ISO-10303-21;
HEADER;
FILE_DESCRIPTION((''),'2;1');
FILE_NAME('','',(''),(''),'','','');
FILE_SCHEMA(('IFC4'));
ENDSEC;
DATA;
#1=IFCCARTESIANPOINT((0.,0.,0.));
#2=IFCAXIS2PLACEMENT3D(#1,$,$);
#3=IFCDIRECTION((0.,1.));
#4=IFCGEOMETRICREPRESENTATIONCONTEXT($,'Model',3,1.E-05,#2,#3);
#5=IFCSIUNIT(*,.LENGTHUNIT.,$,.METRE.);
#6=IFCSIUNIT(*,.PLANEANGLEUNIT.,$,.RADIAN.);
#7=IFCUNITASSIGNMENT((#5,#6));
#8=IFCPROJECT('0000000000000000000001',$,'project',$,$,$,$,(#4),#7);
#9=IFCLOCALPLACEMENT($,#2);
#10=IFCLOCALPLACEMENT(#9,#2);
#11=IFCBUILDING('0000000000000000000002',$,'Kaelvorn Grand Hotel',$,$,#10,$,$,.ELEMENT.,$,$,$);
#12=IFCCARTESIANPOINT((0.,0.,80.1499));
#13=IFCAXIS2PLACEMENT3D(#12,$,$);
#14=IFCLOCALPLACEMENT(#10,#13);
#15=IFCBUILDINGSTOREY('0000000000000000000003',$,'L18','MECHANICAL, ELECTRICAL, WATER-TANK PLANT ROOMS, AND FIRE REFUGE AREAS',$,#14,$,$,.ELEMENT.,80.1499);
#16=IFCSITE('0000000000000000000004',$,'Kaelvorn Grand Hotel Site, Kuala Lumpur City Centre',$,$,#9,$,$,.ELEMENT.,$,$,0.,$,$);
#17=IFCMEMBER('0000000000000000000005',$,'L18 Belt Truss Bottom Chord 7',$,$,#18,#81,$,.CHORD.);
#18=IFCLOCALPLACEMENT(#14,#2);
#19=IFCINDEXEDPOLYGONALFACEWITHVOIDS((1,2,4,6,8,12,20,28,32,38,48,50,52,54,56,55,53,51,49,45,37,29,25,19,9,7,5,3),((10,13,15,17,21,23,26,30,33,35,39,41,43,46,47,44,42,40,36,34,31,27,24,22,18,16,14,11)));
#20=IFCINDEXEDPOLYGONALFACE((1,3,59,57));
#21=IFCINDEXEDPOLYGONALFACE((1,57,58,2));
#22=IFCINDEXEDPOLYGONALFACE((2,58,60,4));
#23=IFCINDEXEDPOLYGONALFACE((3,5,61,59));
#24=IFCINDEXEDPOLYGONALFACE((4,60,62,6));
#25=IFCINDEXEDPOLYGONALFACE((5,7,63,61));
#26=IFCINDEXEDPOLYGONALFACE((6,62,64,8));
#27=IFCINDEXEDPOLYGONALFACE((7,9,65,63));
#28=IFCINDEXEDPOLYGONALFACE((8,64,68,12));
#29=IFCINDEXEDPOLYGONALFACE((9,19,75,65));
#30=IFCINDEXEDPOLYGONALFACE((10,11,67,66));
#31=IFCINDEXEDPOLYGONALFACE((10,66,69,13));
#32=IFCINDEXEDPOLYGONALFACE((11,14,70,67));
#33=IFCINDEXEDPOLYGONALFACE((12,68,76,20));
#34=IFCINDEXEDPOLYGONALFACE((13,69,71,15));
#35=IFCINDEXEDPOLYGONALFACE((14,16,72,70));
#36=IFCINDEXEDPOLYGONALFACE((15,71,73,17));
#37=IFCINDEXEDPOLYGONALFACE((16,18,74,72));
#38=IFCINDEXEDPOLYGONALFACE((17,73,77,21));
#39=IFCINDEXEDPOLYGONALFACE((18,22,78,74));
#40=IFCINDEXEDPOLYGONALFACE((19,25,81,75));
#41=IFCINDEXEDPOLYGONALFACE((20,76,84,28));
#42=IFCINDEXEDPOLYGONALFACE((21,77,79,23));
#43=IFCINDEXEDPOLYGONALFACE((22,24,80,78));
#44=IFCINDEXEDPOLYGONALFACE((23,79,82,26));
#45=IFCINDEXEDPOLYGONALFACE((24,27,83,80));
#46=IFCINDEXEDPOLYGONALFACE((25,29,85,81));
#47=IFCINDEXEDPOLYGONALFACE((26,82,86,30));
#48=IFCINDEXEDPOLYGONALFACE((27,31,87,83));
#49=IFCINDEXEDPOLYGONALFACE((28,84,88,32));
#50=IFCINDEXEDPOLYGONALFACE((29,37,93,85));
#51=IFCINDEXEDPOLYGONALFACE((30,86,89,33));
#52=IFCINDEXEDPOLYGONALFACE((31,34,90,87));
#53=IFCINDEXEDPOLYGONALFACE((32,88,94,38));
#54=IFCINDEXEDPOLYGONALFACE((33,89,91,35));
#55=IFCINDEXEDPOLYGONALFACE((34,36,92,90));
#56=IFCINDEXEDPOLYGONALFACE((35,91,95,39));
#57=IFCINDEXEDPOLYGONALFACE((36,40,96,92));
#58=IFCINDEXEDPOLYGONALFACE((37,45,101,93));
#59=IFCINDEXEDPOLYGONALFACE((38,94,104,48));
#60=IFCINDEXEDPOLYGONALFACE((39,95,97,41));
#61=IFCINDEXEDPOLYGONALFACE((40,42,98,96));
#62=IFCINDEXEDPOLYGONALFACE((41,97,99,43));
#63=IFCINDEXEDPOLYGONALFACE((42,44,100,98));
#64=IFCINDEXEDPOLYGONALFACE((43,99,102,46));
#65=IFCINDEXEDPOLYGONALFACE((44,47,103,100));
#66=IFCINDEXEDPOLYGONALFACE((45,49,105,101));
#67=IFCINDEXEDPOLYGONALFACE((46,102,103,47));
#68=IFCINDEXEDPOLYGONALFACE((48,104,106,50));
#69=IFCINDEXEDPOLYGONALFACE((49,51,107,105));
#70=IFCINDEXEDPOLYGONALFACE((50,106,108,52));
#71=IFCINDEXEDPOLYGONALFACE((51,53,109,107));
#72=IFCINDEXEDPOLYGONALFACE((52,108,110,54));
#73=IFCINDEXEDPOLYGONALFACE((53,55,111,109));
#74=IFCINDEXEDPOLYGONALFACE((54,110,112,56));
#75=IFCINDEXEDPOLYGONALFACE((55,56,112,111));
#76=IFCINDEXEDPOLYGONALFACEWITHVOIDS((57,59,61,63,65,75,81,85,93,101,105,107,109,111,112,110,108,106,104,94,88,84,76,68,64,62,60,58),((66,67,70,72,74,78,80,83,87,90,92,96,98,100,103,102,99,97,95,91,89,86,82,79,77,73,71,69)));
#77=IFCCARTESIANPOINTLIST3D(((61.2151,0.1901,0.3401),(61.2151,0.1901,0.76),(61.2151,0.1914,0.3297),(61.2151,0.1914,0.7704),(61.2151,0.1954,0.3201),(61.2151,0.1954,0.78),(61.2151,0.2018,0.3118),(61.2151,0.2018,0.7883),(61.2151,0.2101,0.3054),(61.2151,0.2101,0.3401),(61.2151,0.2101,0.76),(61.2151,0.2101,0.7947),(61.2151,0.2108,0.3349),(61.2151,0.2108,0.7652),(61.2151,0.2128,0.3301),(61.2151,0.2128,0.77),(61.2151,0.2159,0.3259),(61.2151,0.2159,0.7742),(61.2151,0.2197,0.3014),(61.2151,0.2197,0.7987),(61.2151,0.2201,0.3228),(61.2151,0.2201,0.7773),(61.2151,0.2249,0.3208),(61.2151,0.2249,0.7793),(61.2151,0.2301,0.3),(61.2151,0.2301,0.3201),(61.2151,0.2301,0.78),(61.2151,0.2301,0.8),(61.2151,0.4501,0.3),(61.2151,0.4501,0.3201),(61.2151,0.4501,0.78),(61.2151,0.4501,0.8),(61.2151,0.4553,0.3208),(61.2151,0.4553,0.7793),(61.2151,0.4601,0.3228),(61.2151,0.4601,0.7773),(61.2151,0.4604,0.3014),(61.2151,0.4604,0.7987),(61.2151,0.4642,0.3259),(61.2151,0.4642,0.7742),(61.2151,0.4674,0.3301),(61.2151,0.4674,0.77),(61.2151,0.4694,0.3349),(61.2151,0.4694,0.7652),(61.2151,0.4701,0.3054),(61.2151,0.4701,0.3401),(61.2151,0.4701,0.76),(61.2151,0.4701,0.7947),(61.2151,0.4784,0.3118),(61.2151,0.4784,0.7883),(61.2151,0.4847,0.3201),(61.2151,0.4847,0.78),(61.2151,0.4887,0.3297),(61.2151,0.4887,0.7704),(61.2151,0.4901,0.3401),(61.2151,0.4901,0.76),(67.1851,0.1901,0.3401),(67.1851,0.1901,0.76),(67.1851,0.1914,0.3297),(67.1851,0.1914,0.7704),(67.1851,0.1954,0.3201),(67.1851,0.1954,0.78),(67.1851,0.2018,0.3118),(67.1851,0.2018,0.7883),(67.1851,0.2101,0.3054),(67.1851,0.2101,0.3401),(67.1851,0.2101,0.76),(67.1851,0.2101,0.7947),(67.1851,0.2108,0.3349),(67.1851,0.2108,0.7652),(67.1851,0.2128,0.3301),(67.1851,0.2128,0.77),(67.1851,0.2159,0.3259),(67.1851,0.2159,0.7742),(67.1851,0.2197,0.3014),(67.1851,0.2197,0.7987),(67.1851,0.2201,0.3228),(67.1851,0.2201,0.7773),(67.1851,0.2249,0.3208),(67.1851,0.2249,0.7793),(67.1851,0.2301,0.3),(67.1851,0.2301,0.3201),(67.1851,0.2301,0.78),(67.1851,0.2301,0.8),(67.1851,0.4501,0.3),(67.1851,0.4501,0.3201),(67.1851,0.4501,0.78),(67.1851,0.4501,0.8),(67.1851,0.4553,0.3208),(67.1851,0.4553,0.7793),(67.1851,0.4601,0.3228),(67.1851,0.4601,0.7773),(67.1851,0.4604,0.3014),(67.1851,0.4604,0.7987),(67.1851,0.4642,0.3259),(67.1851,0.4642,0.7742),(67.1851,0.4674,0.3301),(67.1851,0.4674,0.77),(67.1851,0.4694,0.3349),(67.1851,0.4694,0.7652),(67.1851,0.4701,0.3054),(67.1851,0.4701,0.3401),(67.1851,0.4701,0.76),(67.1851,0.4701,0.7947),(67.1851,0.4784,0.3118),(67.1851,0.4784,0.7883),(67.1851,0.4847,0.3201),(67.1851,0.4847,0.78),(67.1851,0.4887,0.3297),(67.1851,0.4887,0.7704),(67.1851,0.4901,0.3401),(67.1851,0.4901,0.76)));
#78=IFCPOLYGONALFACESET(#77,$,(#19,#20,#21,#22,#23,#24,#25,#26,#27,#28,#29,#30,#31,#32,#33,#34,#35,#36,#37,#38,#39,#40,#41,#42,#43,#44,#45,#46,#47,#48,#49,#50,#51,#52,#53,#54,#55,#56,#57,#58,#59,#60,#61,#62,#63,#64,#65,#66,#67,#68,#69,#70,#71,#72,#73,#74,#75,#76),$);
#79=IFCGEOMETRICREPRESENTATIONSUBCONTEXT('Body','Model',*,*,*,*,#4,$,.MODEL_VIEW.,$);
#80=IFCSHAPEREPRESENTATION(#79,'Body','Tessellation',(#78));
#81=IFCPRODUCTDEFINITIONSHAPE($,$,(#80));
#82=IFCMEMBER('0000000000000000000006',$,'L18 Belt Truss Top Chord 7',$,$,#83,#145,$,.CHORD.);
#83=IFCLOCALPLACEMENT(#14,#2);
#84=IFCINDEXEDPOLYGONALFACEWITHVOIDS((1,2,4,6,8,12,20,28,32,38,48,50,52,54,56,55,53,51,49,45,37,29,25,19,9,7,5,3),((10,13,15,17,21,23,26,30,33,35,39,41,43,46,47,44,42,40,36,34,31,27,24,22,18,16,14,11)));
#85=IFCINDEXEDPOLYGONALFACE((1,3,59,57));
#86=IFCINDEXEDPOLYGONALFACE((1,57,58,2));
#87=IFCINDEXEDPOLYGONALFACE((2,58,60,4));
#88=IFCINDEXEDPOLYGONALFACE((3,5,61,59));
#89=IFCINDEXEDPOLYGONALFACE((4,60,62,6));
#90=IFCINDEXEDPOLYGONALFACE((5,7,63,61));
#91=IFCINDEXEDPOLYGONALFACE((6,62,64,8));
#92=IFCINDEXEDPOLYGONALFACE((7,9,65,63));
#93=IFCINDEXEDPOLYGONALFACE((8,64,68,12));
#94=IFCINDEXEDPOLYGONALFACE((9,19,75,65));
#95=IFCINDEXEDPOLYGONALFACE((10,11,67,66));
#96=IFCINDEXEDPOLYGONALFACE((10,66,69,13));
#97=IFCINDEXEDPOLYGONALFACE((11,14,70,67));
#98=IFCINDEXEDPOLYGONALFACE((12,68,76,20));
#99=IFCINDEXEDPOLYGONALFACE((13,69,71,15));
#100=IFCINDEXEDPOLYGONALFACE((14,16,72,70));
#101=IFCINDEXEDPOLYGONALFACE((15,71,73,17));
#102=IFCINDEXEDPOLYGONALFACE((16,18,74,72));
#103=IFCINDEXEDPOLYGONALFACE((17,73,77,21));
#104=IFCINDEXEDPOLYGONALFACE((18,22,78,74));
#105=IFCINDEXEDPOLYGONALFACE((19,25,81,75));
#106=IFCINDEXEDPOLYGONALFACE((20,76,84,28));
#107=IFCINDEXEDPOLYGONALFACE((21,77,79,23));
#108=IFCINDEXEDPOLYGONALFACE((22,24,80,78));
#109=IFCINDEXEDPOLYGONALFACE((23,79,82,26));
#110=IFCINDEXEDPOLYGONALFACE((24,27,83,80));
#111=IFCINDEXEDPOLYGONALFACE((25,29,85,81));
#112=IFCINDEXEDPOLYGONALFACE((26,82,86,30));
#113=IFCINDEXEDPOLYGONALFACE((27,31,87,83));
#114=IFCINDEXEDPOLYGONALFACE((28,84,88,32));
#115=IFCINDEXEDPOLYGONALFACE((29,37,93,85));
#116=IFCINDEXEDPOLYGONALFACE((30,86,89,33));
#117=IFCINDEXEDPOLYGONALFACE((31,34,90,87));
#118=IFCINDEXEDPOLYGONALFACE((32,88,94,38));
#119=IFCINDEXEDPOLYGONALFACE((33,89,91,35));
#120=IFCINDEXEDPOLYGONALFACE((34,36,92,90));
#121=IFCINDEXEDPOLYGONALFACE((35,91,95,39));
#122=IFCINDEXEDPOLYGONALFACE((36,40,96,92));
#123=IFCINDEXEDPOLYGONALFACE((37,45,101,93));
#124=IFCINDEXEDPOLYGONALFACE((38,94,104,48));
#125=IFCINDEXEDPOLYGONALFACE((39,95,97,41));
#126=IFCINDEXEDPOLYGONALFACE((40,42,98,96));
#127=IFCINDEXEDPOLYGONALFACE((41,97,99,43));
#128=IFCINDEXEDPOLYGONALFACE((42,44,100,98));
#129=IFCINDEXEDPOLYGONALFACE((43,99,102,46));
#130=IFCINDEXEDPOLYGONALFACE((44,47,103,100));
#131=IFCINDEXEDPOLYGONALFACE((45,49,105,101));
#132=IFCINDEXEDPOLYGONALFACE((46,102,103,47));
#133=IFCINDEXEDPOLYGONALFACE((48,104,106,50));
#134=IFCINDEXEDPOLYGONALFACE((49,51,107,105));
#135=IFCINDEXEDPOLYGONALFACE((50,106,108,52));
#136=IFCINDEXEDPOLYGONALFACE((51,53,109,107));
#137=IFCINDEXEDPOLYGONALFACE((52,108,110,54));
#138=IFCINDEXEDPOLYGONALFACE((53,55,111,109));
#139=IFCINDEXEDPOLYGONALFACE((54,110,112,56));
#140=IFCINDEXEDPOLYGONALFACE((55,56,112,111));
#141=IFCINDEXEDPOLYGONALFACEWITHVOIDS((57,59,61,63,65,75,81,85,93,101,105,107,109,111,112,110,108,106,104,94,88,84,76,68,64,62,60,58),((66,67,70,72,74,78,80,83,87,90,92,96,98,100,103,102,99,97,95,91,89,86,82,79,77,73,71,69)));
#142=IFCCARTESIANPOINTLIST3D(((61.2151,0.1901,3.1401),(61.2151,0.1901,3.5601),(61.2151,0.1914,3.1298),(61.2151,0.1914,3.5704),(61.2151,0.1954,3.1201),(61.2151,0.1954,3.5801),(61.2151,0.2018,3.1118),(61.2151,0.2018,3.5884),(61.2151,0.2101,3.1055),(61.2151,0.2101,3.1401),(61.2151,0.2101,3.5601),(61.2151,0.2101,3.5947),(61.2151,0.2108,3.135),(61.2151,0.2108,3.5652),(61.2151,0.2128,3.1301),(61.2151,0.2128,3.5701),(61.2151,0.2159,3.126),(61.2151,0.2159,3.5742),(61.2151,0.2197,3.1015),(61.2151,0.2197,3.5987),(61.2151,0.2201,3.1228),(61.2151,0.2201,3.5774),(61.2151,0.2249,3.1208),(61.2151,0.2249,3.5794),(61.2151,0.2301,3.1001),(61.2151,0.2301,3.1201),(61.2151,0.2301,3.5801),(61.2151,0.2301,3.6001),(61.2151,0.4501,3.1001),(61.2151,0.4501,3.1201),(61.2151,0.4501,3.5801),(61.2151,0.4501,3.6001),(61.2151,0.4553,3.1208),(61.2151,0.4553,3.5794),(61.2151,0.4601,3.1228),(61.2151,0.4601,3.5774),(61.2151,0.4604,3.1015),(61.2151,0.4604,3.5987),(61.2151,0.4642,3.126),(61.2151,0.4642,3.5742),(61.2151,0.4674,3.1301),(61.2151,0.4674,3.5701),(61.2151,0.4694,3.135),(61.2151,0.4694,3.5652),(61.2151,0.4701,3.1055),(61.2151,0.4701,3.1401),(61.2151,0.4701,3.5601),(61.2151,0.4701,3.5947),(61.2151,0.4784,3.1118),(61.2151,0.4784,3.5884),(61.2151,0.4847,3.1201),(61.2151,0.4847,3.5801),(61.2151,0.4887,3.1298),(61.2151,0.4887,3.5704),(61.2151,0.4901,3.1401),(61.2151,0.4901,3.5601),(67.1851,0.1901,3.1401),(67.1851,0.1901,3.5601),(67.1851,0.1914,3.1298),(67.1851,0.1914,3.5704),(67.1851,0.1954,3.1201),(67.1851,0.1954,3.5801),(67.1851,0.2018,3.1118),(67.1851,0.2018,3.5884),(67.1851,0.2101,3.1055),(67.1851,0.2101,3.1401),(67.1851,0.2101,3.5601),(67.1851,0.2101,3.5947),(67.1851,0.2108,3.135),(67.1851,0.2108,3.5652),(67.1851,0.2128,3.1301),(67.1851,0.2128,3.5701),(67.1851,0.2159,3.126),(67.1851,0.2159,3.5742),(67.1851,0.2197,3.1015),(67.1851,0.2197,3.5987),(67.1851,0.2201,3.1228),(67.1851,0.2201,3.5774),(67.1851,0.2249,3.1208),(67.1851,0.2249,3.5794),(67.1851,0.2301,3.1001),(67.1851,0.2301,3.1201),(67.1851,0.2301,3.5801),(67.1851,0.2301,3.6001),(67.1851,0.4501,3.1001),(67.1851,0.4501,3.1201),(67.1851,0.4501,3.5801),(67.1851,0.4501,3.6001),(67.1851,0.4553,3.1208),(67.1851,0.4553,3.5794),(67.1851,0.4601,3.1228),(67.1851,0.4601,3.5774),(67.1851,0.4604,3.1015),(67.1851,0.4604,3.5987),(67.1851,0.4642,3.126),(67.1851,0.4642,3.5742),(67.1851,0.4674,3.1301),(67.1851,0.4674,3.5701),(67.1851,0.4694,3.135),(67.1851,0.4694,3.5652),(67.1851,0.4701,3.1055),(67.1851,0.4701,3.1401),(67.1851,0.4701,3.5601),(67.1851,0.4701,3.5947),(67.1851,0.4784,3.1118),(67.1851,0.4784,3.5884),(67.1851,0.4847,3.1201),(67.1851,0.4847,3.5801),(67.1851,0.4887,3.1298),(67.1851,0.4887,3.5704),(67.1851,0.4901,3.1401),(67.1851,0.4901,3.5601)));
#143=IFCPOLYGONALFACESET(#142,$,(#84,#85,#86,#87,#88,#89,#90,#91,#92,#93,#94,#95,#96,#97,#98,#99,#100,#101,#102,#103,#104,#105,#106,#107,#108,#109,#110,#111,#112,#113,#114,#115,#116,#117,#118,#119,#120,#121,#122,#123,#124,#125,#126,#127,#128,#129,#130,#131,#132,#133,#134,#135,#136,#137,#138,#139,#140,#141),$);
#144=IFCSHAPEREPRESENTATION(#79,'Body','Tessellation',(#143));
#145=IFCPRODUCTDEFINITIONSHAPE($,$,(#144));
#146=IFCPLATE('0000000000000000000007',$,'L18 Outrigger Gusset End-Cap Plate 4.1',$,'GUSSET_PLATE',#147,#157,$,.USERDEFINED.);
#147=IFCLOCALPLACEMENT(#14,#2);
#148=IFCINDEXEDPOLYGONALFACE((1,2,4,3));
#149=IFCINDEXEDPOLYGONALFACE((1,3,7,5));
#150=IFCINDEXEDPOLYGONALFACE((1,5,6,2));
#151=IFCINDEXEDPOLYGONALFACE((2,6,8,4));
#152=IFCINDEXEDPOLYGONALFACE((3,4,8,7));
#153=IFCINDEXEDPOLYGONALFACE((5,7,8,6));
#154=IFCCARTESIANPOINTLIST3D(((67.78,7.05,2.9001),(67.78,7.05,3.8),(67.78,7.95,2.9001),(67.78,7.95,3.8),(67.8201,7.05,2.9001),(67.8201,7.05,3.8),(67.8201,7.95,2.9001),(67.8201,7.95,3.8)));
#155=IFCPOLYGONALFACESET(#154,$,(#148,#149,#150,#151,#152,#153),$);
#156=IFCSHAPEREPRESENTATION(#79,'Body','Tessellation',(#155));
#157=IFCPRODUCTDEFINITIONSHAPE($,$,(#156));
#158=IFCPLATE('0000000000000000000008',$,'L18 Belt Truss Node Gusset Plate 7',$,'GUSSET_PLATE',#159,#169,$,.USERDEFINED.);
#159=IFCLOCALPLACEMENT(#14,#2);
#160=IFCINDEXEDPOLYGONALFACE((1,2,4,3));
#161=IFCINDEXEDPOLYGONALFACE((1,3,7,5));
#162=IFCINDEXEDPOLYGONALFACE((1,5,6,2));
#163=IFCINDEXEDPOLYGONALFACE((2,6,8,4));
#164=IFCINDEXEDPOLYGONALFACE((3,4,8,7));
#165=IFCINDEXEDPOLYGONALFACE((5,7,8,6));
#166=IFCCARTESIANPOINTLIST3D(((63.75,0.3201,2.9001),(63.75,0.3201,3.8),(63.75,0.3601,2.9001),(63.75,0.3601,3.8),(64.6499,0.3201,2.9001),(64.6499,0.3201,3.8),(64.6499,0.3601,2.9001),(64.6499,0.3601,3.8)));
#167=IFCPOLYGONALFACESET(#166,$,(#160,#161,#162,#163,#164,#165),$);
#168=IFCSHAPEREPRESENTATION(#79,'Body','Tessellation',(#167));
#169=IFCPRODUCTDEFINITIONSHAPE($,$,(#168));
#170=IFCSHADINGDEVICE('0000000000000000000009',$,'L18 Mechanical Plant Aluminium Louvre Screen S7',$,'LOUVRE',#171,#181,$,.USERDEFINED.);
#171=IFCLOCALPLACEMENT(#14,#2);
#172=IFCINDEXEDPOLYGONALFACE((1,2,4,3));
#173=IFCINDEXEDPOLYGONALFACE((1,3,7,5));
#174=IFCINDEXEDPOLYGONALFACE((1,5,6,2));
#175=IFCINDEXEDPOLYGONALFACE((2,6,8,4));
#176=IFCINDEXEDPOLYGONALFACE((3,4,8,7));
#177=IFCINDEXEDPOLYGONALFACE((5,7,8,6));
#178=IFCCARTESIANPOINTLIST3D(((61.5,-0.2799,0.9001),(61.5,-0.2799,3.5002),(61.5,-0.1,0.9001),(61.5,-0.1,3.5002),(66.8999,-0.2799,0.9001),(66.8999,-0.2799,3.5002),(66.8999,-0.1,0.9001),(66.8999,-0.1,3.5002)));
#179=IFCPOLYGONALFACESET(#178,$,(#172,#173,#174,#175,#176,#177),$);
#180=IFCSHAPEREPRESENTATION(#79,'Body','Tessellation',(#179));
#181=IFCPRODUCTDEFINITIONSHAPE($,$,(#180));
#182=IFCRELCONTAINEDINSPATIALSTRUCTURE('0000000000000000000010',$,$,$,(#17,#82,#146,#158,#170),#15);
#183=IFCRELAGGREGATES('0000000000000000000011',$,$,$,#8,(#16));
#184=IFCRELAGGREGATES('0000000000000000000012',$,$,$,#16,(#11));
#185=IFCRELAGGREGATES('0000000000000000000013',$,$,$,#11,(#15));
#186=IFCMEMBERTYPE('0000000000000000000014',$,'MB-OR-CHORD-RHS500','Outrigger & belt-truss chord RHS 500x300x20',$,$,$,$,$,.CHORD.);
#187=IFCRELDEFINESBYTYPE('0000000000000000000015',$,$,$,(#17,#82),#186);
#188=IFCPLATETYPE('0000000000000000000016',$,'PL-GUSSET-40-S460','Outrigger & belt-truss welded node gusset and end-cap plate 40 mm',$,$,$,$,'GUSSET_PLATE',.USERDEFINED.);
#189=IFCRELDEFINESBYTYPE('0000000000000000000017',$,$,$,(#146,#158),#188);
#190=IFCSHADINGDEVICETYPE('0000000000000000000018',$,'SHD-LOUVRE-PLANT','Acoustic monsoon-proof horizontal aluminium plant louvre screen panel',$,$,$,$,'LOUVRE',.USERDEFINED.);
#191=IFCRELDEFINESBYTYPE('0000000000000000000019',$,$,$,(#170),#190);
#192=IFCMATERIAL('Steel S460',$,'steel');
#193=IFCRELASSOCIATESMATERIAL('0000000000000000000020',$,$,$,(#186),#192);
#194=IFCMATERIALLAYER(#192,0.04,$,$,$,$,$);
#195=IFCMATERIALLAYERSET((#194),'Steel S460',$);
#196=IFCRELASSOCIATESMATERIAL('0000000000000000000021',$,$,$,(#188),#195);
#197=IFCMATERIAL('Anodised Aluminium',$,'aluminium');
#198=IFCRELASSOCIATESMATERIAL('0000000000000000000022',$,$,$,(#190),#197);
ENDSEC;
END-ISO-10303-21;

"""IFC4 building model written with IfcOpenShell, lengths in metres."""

from ifc_helpers import new_model, si_unit, direction, frame, origin, origin_2d, place, context, subcontext, project, spatial, rectangle, hollow_rectangle, extrude, material, layer, layer_set, material_profile, profile_set, type_object, element, save


model = new_model("IFC4")

# Units and contexts
model_context = context("Model", 3, precision=1e-05, world=origin(), true_north=direction((0.0, 1.0)))
body_context = subcontext(model_context, "Body", "Model", "MODEL_VIEW")
ifc_project = project(units=[si_unit("LENGTHUNIT", "METRE"), si_unit("PLANEANGLEUNIT", "RADIAN")], contexts=[model_context])

# Site, building, storey
site_placement = place(None, origin())
site = spatial("IfcSite", under=ifc_project, at=site_placement, Name="Kaelvorn Grand Hotel Site, Kuala Lumpur City Centre", CompositionType="ELEMENT", RefElevation=0.0)
building_placement = place(site_placement, origin())
building = spatial("IfcBuilding", under=site, at=building_placement, Name="Kaelvorn Grand Hotel", CompositionType="ELEMENT")
storey_placement = place(building_placement, frame((0.0, 0.0, 80.1499)))
storey = spatial("IfcBuildingStorey", under=building, at=storey_placement, Name="L18", Description="MECHANICAL, ELECTRICAL, WATER-TANK PLANT ROOMS, AND FIRE REFUGE AREAS", CompositionType="ELEMENT", Elevation=80.1499)

# Members
ifc_material_1 = material(Name="Steel S460", Category="steel")
ifc_material_profile_1 = material_profile(ifc_material_1, hollow_rectangle(XDim=0.3, YDim=0.5, WallThickness=0.02, InnerFilletRadius=0.02, OuterFilletRadius=0.04, at=origin_2d()), Name="RHS 500x300x20.0")
ifc_profile_set_1 = profile_set([ifc_material_profile_1], Name="Steel S460")
member_type_1 = type_object("IfcMemberType", Name="MB-OR-CHORD-RHS500", Description="Outrigger & belt-truss chord RHS 500x300x20", PredefinedType="CHORD", material=ifc_profile_set_1)
for number, where, z_axis, x_axis, name in (
    (1, (61.2151, 0.3401, 0.55), (1.0, 0.0, 0.0), (0.0, 1.0, 0.0), "L18 Belt Truss Bottom Chord 7"),
    (2, (61.2151, 0.3401, 3.3501), (1.0, 0.0, 0.0), (0.0, 1.0, 0.0), "L18 Belt Truss Top Chord 7"),
):
    element("IfcMember", number, at=place(storey_placement, frame(where, z_axis=z_axis, x_axis=x_axis)), inside=storey, type_object=member_type_1, Name=name, PredefinedType="CHORD", context=body_context, shape_type="SweptSolid", body=[
        extrude(hollow_rectangle(XDim=0.3, YDim=0.5, WallThickness=0.02, InnerFilletRadius=0.02, OuterFilletRadius=0.04, at=origin_2d()), origin(), (0.0, 0.0, 1.0), 5.97),
    ])

# Plates
ifc_layer = layer(ifc_material_1, 0.04)
ifc_layer_set = layer_set([ifc_layer], Name="Steel S460")
plate_type = type_object("IfcPlateType", Name="PL-GUSSET-40-S460", Description="Outrigger & belt-truss welded node gusset and end-cap plate 40 mm", ElementType="GUSSET_PLATE", PredefinedType="USERDEFINED", material=ifc_layer_set)
plate_1_placement = place(storey_placement, frame((67.8, 7.5, 2.9001), z_axis=(0.0, 0.0, 1.0), x_axis=(1.0, 0.0, 0.0)))
element("IfcPlate", 3, at=plate_1_placement, inside=storey, type_object=plate_type, Name="L18 Outrigger Gusset End-Cap Plate 4.1", ObjectType="GUSSET_PLATE", PredefinedType="USERDEFINED", context=body_context, shape_type="SweptSolid", body=[
    extrude(rectangle(XDim=0.04, YDim=0.8999, at=origin_2d()), origin(), (0.0, 0.0, 1.0), 0.8999),
])
plate_2_placement = place(storey_placement, frame((64.2, 0.3401, 2.9001), z_axis=(0.0, 0.0, 1.0), x_axis=(1.0, 0.0, 0.0)))
element("IfcPlate", 4, at=plate_2_placement, inside=storey, type_object=plate_type, Name="L18 Belt Truss Node Gusset Plate 7", ObjectType="GUSSET_PLATE", PredefinedType="USERDEFINED", context=body_context, shape_type="SweptSolid", body=[
    extrude(rectangle(XDim=0.8999, YDim=0.04, at=origin_2d()), origin(), (0.0, 0.0, 1.0), 0.8999),
])

# Shading device
ifc_material_2 = material(Name="Anodised Aluminium", Category="aluminium")
shading_device_type = type_object("IfcShadingDeviceType", Name="SHD-LOUVRE-PLANT", Description="Acoustic monsoon-proof horizontal aluminium plant louvre screen panel", ElementType="LOUVRE", PredefinedType="USERDEFINED", material=ifc_material_2)
shading_device_placement = place(storey_placement, frame((64.2, -0.1899, 0.9001), z_axis=(0.0, 0.0, 1.0), x_axis=(1.0, 0.0, 0.0)))
element("IfcShadingDevice", 5, at=shading_device_placement, inside=storey, type_object=shading_device_type, Name="L18 Mechanical Plant Aluminium Louvre Screen S7", ObjectType="LOUVRE", PredefinedType="USERDEFINED", context=body_context, shape_type="SweptSolid", body=[
    extrude(rectangle(XDim=5.3999, YDim=0.1799, at=origin_2d()), origin(), (0.0, 0.0, 1.0), 2.6001),
])

save(model, "model.ifc")
